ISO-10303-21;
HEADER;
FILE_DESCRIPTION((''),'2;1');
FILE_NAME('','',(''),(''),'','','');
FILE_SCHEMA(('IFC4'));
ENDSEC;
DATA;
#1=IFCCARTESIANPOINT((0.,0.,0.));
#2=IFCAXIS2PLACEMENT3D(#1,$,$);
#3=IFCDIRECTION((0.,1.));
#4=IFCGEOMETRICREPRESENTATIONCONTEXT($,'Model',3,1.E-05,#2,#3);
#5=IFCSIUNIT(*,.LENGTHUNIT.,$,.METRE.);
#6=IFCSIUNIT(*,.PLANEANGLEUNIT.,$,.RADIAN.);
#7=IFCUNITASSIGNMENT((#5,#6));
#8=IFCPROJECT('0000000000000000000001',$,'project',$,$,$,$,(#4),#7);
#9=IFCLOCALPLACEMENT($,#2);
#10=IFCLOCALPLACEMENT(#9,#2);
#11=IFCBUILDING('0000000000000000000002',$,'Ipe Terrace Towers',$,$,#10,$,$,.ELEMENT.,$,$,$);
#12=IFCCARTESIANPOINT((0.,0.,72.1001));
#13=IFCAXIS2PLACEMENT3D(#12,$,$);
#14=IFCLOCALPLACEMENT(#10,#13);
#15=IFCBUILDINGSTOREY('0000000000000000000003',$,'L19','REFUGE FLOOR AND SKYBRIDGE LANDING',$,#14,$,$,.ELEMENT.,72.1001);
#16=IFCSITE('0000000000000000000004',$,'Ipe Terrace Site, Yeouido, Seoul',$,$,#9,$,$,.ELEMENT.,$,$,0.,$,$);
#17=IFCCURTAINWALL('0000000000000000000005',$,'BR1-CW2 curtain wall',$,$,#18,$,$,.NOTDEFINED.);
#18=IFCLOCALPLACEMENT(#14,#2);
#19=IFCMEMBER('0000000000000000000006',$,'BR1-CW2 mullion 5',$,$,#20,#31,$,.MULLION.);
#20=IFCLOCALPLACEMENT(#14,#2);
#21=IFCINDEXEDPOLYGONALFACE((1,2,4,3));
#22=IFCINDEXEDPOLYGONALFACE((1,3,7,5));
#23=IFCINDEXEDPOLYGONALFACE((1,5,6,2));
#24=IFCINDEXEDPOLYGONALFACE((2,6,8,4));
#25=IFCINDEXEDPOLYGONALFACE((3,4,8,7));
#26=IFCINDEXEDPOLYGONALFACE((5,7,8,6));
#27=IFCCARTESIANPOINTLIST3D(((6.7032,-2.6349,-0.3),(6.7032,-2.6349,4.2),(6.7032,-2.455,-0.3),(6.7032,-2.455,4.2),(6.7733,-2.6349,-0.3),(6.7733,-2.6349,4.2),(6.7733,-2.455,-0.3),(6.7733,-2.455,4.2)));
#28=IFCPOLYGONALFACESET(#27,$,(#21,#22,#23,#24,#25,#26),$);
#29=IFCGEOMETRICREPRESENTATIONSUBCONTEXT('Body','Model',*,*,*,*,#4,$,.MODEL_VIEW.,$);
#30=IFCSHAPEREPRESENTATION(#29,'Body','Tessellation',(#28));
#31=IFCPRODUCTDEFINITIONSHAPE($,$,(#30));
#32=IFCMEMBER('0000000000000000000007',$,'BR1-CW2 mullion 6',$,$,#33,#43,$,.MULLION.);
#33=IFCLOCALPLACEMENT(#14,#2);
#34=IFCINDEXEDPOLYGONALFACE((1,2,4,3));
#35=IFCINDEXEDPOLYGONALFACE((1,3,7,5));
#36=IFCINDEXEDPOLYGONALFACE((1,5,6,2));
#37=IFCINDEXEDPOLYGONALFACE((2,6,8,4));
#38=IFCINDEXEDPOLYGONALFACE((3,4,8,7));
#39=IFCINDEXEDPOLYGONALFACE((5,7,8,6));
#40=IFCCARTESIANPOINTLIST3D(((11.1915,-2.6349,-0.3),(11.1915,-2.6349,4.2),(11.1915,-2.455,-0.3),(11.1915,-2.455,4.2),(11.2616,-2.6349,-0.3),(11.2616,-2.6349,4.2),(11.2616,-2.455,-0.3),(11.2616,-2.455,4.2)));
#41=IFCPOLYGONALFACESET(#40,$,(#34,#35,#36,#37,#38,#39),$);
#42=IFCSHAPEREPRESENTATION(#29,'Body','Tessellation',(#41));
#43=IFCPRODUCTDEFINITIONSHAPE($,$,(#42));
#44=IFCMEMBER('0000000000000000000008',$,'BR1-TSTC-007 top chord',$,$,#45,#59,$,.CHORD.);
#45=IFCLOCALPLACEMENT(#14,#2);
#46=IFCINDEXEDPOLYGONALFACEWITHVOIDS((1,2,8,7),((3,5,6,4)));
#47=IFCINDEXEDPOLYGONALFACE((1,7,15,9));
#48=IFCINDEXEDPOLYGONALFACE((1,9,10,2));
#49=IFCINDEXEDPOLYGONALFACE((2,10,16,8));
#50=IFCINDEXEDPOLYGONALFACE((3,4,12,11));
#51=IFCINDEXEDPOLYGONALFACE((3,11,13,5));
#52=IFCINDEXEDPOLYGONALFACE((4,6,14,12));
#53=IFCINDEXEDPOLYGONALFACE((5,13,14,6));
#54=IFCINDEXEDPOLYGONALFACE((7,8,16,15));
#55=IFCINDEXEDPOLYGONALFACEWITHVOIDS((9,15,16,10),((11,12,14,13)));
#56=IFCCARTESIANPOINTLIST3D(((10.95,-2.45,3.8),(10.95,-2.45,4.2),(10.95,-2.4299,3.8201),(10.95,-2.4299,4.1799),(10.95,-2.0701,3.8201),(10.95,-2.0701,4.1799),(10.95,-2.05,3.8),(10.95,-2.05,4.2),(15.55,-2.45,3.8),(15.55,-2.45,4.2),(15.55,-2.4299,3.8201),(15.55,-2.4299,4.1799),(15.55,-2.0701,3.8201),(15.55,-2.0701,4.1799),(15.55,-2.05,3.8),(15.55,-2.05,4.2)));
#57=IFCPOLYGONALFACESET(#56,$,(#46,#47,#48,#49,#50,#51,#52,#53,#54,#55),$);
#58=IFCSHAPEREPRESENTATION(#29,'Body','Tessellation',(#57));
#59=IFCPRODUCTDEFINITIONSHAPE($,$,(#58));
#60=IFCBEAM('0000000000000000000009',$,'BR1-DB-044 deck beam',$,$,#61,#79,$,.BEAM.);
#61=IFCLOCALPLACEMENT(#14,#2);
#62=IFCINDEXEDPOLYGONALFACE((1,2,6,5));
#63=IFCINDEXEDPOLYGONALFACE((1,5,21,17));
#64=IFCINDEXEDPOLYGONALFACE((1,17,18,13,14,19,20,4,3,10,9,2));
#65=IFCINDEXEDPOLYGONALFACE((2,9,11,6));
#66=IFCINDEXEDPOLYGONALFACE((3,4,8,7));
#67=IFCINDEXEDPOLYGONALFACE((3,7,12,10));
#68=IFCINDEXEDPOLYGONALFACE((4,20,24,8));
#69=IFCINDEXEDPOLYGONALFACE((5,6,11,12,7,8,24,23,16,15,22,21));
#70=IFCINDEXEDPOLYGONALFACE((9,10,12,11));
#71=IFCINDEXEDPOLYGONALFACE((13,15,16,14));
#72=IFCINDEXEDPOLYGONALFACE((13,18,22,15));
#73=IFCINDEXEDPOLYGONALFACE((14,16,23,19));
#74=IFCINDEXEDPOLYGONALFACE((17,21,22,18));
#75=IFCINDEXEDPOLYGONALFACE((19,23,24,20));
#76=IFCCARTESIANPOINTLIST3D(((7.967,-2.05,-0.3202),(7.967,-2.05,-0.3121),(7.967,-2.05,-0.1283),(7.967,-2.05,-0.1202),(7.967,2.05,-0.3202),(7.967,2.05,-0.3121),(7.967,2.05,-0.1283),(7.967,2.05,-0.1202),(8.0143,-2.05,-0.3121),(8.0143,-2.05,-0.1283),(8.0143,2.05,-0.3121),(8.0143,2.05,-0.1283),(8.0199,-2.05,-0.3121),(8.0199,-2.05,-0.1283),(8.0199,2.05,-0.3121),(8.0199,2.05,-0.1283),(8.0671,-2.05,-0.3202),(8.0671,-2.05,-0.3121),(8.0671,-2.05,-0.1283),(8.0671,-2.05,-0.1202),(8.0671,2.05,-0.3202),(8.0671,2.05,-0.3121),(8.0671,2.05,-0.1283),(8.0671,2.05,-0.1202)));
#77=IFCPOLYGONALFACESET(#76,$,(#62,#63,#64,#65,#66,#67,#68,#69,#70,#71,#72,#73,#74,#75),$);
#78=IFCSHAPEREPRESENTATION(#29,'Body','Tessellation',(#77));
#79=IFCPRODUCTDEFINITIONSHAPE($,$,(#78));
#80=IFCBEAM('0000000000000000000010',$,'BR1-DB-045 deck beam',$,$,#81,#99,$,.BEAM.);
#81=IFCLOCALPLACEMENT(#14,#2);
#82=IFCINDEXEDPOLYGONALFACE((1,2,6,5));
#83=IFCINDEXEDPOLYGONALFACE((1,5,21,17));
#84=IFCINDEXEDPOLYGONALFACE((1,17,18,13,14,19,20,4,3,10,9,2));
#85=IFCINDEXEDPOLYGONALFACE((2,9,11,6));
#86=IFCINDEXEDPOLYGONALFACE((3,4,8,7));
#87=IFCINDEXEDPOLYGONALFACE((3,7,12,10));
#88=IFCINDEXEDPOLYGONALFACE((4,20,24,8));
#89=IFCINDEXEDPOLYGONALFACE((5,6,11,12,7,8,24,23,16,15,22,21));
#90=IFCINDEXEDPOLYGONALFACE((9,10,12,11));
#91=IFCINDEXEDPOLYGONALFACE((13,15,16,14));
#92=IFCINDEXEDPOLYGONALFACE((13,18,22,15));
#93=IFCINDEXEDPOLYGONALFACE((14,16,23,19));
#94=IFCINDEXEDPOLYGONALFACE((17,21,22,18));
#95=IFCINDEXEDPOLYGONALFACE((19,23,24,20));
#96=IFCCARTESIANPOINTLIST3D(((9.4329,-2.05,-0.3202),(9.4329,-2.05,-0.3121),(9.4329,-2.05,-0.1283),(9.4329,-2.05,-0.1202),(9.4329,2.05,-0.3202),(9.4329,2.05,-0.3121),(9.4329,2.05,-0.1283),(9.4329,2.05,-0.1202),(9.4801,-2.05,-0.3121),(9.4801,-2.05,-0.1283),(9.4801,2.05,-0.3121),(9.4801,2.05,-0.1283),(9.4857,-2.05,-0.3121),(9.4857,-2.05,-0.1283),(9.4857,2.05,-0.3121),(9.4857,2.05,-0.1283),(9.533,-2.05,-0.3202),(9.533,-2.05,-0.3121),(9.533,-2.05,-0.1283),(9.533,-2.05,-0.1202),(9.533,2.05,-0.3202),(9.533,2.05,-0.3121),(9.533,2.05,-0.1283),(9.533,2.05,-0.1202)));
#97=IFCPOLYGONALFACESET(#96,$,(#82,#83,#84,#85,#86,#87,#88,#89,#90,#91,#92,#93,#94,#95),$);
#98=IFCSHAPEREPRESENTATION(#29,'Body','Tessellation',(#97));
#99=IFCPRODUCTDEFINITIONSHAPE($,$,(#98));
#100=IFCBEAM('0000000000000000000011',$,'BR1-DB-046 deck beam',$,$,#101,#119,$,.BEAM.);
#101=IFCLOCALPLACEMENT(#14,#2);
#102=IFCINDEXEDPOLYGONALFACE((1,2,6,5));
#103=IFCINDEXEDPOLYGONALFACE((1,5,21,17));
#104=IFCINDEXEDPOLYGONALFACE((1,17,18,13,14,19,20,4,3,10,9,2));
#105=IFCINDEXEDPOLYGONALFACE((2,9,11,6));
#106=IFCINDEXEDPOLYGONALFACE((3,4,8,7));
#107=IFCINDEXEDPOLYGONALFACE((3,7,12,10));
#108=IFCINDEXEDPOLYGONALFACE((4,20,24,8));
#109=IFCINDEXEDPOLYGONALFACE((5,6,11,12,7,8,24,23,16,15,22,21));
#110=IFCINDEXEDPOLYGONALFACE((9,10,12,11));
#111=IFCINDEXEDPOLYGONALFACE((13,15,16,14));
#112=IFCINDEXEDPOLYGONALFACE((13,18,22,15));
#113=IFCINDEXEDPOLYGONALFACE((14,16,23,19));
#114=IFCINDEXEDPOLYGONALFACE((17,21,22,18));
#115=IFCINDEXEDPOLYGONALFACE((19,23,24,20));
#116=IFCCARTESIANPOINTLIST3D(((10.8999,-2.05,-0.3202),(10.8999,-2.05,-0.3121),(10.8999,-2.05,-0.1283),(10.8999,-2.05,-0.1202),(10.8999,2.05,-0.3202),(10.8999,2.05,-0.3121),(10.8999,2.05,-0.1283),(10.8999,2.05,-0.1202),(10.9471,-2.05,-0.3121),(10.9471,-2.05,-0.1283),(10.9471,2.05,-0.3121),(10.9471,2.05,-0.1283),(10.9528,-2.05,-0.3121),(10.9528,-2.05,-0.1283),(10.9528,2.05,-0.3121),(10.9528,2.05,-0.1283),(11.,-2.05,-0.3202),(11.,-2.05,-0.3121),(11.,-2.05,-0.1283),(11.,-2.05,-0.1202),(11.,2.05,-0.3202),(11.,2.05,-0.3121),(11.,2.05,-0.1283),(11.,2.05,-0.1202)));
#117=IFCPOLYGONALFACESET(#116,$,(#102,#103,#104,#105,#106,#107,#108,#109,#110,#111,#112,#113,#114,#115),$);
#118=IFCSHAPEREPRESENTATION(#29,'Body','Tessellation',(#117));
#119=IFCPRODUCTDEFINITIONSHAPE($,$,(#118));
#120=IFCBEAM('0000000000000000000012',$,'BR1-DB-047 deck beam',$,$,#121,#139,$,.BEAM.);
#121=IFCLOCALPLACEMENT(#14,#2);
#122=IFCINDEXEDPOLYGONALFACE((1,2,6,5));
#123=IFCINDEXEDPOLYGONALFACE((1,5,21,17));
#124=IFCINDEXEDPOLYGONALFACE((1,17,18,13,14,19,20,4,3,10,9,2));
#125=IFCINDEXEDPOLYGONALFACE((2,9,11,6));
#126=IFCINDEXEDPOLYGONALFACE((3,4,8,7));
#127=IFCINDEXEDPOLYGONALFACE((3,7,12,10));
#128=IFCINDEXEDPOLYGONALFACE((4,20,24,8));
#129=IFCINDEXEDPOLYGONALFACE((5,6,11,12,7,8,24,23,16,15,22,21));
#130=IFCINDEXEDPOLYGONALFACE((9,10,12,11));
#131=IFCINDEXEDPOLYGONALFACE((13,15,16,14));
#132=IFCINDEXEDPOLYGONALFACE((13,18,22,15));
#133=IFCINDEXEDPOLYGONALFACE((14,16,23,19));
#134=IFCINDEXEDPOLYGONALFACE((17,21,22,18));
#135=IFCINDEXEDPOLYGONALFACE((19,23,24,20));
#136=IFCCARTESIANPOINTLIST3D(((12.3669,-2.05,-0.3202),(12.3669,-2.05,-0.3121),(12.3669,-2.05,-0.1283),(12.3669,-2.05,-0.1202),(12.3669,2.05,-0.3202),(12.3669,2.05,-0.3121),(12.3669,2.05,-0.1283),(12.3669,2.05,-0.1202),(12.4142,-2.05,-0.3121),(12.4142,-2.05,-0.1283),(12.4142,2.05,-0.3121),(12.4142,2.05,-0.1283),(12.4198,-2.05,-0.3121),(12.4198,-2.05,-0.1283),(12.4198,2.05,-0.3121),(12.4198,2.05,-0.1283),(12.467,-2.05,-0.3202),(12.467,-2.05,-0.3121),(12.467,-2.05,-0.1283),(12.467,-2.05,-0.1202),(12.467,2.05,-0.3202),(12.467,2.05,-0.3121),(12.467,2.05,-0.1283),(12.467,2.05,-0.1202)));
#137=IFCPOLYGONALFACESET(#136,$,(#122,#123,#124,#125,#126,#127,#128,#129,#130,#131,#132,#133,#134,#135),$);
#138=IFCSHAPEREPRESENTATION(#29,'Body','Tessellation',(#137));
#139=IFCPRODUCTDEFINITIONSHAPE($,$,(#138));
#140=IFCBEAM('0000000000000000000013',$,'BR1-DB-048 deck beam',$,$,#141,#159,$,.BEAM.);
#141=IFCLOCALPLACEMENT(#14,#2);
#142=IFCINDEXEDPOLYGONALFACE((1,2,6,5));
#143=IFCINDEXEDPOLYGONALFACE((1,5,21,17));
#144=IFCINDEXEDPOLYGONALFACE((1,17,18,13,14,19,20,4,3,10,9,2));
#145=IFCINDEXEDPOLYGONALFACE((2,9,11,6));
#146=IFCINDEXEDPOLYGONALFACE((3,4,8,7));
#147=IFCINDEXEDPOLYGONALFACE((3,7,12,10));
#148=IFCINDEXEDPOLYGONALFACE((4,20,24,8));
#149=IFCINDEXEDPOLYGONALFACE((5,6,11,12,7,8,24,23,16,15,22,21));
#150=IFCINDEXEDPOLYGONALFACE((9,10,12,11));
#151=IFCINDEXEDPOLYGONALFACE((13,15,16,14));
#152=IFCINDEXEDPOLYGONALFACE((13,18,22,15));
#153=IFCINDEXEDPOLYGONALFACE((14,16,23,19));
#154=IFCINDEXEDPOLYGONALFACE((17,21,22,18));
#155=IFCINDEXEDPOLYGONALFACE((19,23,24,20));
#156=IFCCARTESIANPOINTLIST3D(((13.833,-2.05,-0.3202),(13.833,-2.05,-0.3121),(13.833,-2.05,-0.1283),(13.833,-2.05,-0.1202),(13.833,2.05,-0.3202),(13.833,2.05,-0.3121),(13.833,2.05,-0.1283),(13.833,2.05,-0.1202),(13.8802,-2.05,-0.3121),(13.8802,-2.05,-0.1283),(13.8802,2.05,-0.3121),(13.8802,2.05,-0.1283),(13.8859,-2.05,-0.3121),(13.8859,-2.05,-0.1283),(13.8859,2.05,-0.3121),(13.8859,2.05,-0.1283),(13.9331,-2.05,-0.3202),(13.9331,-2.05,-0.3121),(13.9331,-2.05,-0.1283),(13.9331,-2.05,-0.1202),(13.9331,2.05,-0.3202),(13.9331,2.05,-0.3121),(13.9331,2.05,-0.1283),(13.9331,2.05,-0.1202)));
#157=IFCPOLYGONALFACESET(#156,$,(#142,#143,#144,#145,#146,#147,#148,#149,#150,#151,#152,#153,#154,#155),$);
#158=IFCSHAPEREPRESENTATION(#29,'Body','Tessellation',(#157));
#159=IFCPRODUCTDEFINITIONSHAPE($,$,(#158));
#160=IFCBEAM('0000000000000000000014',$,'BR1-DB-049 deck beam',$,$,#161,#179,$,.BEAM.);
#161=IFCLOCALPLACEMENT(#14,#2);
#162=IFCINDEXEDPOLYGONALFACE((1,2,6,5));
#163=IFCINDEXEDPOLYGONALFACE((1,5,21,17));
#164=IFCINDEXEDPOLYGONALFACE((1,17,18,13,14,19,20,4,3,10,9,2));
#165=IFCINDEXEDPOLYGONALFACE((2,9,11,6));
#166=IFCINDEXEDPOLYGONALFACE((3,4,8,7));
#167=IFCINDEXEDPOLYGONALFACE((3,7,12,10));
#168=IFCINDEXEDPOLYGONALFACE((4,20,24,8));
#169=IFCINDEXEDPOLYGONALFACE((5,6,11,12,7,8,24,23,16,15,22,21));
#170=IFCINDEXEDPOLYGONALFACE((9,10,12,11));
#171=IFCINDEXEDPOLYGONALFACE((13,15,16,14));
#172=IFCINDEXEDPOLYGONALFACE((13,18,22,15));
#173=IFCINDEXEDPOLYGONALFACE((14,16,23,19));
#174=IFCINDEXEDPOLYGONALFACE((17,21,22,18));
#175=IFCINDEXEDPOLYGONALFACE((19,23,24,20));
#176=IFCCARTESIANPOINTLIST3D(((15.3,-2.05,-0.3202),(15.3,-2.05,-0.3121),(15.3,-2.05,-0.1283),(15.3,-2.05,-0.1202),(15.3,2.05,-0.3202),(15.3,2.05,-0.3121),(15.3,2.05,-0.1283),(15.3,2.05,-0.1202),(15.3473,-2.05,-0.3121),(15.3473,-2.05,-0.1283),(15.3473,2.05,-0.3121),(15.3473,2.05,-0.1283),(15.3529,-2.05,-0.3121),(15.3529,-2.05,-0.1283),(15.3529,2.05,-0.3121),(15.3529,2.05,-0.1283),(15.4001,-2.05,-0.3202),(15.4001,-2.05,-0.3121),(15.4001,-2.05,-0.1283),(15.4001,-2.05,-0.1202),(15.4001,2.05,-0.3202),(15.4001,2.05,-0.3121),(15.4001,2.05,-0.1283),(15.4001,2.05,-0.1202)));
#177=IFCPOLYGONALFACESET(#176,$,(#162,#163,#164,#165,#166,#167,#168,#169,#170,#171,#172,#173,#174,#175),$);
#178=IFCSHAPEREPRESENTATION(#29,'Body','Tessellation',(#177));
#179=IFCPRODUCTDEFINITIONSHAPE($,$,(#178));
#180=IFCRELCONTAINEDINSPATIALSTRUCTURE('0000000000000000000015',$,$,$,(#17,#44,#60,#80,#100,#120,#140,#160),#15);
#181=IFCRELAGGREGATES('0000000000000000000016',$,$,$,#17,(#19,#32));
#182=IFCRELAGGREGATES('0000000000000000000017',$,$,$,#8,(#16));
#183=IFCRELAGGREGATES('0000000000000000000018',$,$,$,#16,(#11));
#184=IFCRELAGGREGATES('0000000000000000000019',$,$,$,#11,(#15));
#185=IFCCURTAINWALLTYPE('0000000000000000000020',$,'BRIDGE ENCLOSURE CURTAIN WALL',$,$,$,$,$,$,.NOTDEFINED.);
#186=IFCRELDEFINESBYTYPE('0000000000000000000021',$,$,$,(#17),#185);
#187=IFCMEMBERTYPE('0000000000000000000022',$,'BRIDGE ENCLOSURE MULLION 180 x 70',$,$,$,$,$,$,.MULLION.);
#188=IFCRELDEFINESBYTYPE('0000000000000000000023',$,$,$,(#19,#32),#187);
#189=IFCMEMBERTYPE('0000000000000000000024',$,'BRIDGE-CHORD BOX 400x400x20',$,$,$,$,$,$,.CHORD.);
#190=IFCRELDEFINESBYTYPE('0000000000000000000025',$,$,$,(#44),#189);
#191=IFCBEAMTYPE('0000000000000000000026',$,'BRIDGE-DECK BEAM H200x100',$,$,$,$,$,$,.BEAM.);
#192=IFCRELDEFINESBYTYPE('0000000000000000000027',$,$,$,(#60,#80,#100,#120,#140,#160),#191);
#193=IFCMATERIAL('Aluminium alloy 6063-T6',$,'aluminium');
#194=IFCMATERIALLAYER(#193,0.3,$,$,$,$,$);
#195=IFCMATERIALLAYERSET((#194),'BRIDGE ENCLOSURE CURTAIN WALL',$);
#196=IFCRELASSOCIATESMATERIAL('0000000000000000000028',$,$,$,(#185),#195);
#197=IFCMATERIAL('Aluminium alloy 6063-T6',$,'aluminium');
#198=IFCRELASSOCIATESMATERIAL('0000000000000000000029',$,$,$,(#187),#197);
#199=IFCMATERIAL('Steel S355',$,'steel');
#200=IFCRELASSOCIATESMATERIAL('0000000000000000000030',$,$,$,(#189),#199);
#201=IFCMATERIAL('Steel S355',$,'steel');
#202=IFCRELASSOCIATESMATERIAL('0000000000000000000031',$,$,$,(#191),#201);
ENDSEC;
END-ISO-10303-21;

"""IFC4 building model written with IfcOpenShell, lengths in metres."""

from ifc_helpers import new_model, si_unit, direction, frame, origin, origin_2d, place, context, subcontext, project, spatial, rectangle, hollow_rectangle, i_section, extrude, material, layer, layer_set, material_profile, profile_set, type_object, element, aggregate, save


model = new_model("IFC4")

# Units and contexts
model_context = context("Model", 3, precision=1e-05, world=origin(), true_north=direction((0.0, 1.0)))
body_context = subcontext(model_context, "Body", "Model", "MODEL_VIEW")
ifc_project = project(units=[si_unit("LENGTHUNIT", "METRE"), si_unit("PLANEANGLEUNIT", "RADIAN")], contexts=[model_context])

# Site, building, storey
site_placement = place(None, origin())
site = spatial("IfcSite", under=ifc_project, at=site_placement, Name="Ipe Terrace Site, Yeouido, Seoul", CompositionType="ELEMENT", RefElevation=0.0)
building_placement = place(site_placement, origin())
building = spatial("IfcBuilding", under=site, at=building_placement, Name="Ipe Terrace Towers", CompositionType="ELEMENT")
storey_placement = place(building_placement, frame((0.0, 0.0, 72.1001)))
storey = spatial("IfcBuildingStorey", under=building, at=storey_placement, Name="L19", Description="REFUGE FLOOR AND SKYBRIDGE LANDING", CompositionType="ELEMENT", Elevation=72.1001)

# Curtain wall, members
ifc_material_1 = material(Name="Aluminium alloy 6063-T6", Category="aluminium")
ifc_layer_1 = layer(ifc_material_1, 0.3)
ifc_layer_set_1 = layer_set([ifc_layer_1], Name="BRIDGE ENCLOSURE CURTAIN WALL")
curtain_wall_type_1 = type_object("IfcCurtainWallType", Name="BRIDGE ENCLOSURE CURTAIN WALL", PredefinedType="NOTDEFINED", material=ifc_layer_set_1)
curtain_wall_1_placement = place(storey_placement, origin())
curtain_wall_1 = element("IfcCurtainWall", 1, at=curtain_wall_1_placement, inside=storey, type_object=curtain_wall_type_1, Name="BR1-CW2 curtain wall", PredefinedType="NOTDEFINED")
ifc_material_2 = material(Name="Aluminium alloy 6063-T6", Category="aluminium")
ifc_material_profile_1 = material_profile(ifc_material_2, rectangle(XDim=0.1799, YDim=0.0701, at=origin_2d()), Name="BRIDGE ENCLOSURE MULLION 180 x 70")
ifc_profile_set_1 = profile_set([ifc_material_profile_1], Name="Aluminium alloy 6063-T6")
member_type_1 = type_object("IfcMemberType", Name="BRIDGE ENCLOSURE MULLION 180 x 70", PredefinedType="MULLION", material=ifc_profile_set_1)
member_1_placement = place(storey_placement, frame((6.7383, -2.5449, -0.3), z_axis=(0.0, 0.0, 1.0), x_axis=(0.0, -1.0, 0.0)))
member_1 = element("IfcMember", 2, at=member_1_placement, type_object=member_type_1, Name="BR1-CW2 mullion 5", PredefinedType="MULLION", context=body_context, shape_type="SweptSolid", body=[
    extrude(rectangle(XDim=0.1799, YDim=0.0701, at=origin_2d()), origin(), (0.0, 0.0, 1.0), 4.5),
])
member_2_placement = place(storey_placement, frame((11.2266, -2.5449, -0.3), z_axis=(0.0, 0.0, 1.0), x_axis=(0.0, -1.0, 0.0)))
member_2 = element("IfcMember", 3, at=member_2_placement, type_object=member_type_1, Name="BR1-CW2 mullion 6", PredefinedType="MULLION", context=body_context, shape_type="SweptSolid", body=[
    extrude(rectangle(XDim=0.1799, YDim=0.0701, at=origin_2d()), origin(), (0.0, 0.0, 1.0), 4.5),
])

# Member
ifc_material_3 = material(Name="Steel S355", Category="steel")
ifc_material_profile_2 = material_profile(ifc_material_3, hollow_rectangle(XDim=0.3999, YDim=0.3999, WallThickness=0.02, at=origin_2d()), Name="BRIDGE-CHORD BOX 400x400x20")
ifc_profile_set_2 = profile_set([ifc_material_profile_2], Name="Steel S355")
member_type_2 = type_object("IfcMemberType", Name="BRIDGE-CHORD BOX 400x400x20", PredefinedType="CHORD", material=ifc_profile_set_2)
member_3_placement = place(storey_placement, frame((10.95, -2.25, 4.0), z_axis=(1.0, 0.0, 0.0), x_axis=(0.0, 1.0, 0.0)))
element("IfcMember", 4, at=member_3_placement, inside=storey, type_object=member_type_2, Name="BR1-TSTC-007 top chord", PredefinedType="CHORD", context=body_context, shape_type="SweptSolid", body=[
    extrude(hollow_rectangle(XDim=0.3999, YDim=0.3999, WallThickness=0.02, at=origin_2d()), origin(), (0.0, 0.0, 1.0), 4.6001),
])

# Beams
ifc_material_4 = material(Name="Steel S355", Category="steel")
ifc_material_profile_3 = material_profile(ifc_material_4, i_section(OverallWidth=0.1001, OverallDepth=0.2, WebThickness=0.0056, FlangeThickness=0.0081, at=origin_2d()), Name="H200x100")
ifc_profile_set_3 = profile_set([ifc_material_profile_3], Name="Steel S355")
beam_type_1 = type_object("IfcBeamType", Name="BRIDGE-DECK BEAM H200x100", PredefinedType="BEAM", material=ifc_profile_set_3)
for number, where, z_axis, x_axis, name in (
    (5, (8.0171, -2.05, -0.2202), (0.0, 1.0, 0.0), (-1.0, 0.0, 0.0), "BR1-DB-044 deck beam"),
    (6, (9.4829, -2.05, -0.2202), (0.0, 1.0, 0.0), (-1.0, 0.0, 0.0), "BR1-DB-045 deck beam"),
    (7, (10.95, -2.05, -0.2202), (0.0, 1.0, 0.0), (-1.0, 0.0, 0.0), "BR1-DB-046 deck beam"),
    (8, (12.417, -2.05, -0.2202), (0.0, 1.0, 0.0), (-1.0, 0.0, 0.0), "BR1-DB-047 deck beam"),
    (9, (13.8831, -2.05, -0.2202), (0.0, 1.0, 0.0), (-1.0, 0.0, 0.0), "BR1-DB-048 deck beam"),
    (10, (15.3501, -2.05, -0.2202), (0.0, 1.0, 0.0), (-1.0, 0.0, 0.0), "BR1-DB-049 deck beam"),
):
    element("IfcBeam", number, at=place(storey_placement, frame(where, z_axis=z_axis, x_axis=x_axis)), inside=storey, type_object=beam_type_1, Name=name, PredefinedType="BEAM", context=body_context, shape_type="SweptSolid", body=[
        extrude(i_section(OverallWidth=0.1001, OverallDepth=0.2, WebThickness=0.0056, FlangeThickness=0.0081, at=origin_2d()), origin(), (0.0, 0.0, 1.0), 4.1001),
    ])

aggregate(curtain_wall_1, [member_1, member_2])

save(model, "model.ifc")
